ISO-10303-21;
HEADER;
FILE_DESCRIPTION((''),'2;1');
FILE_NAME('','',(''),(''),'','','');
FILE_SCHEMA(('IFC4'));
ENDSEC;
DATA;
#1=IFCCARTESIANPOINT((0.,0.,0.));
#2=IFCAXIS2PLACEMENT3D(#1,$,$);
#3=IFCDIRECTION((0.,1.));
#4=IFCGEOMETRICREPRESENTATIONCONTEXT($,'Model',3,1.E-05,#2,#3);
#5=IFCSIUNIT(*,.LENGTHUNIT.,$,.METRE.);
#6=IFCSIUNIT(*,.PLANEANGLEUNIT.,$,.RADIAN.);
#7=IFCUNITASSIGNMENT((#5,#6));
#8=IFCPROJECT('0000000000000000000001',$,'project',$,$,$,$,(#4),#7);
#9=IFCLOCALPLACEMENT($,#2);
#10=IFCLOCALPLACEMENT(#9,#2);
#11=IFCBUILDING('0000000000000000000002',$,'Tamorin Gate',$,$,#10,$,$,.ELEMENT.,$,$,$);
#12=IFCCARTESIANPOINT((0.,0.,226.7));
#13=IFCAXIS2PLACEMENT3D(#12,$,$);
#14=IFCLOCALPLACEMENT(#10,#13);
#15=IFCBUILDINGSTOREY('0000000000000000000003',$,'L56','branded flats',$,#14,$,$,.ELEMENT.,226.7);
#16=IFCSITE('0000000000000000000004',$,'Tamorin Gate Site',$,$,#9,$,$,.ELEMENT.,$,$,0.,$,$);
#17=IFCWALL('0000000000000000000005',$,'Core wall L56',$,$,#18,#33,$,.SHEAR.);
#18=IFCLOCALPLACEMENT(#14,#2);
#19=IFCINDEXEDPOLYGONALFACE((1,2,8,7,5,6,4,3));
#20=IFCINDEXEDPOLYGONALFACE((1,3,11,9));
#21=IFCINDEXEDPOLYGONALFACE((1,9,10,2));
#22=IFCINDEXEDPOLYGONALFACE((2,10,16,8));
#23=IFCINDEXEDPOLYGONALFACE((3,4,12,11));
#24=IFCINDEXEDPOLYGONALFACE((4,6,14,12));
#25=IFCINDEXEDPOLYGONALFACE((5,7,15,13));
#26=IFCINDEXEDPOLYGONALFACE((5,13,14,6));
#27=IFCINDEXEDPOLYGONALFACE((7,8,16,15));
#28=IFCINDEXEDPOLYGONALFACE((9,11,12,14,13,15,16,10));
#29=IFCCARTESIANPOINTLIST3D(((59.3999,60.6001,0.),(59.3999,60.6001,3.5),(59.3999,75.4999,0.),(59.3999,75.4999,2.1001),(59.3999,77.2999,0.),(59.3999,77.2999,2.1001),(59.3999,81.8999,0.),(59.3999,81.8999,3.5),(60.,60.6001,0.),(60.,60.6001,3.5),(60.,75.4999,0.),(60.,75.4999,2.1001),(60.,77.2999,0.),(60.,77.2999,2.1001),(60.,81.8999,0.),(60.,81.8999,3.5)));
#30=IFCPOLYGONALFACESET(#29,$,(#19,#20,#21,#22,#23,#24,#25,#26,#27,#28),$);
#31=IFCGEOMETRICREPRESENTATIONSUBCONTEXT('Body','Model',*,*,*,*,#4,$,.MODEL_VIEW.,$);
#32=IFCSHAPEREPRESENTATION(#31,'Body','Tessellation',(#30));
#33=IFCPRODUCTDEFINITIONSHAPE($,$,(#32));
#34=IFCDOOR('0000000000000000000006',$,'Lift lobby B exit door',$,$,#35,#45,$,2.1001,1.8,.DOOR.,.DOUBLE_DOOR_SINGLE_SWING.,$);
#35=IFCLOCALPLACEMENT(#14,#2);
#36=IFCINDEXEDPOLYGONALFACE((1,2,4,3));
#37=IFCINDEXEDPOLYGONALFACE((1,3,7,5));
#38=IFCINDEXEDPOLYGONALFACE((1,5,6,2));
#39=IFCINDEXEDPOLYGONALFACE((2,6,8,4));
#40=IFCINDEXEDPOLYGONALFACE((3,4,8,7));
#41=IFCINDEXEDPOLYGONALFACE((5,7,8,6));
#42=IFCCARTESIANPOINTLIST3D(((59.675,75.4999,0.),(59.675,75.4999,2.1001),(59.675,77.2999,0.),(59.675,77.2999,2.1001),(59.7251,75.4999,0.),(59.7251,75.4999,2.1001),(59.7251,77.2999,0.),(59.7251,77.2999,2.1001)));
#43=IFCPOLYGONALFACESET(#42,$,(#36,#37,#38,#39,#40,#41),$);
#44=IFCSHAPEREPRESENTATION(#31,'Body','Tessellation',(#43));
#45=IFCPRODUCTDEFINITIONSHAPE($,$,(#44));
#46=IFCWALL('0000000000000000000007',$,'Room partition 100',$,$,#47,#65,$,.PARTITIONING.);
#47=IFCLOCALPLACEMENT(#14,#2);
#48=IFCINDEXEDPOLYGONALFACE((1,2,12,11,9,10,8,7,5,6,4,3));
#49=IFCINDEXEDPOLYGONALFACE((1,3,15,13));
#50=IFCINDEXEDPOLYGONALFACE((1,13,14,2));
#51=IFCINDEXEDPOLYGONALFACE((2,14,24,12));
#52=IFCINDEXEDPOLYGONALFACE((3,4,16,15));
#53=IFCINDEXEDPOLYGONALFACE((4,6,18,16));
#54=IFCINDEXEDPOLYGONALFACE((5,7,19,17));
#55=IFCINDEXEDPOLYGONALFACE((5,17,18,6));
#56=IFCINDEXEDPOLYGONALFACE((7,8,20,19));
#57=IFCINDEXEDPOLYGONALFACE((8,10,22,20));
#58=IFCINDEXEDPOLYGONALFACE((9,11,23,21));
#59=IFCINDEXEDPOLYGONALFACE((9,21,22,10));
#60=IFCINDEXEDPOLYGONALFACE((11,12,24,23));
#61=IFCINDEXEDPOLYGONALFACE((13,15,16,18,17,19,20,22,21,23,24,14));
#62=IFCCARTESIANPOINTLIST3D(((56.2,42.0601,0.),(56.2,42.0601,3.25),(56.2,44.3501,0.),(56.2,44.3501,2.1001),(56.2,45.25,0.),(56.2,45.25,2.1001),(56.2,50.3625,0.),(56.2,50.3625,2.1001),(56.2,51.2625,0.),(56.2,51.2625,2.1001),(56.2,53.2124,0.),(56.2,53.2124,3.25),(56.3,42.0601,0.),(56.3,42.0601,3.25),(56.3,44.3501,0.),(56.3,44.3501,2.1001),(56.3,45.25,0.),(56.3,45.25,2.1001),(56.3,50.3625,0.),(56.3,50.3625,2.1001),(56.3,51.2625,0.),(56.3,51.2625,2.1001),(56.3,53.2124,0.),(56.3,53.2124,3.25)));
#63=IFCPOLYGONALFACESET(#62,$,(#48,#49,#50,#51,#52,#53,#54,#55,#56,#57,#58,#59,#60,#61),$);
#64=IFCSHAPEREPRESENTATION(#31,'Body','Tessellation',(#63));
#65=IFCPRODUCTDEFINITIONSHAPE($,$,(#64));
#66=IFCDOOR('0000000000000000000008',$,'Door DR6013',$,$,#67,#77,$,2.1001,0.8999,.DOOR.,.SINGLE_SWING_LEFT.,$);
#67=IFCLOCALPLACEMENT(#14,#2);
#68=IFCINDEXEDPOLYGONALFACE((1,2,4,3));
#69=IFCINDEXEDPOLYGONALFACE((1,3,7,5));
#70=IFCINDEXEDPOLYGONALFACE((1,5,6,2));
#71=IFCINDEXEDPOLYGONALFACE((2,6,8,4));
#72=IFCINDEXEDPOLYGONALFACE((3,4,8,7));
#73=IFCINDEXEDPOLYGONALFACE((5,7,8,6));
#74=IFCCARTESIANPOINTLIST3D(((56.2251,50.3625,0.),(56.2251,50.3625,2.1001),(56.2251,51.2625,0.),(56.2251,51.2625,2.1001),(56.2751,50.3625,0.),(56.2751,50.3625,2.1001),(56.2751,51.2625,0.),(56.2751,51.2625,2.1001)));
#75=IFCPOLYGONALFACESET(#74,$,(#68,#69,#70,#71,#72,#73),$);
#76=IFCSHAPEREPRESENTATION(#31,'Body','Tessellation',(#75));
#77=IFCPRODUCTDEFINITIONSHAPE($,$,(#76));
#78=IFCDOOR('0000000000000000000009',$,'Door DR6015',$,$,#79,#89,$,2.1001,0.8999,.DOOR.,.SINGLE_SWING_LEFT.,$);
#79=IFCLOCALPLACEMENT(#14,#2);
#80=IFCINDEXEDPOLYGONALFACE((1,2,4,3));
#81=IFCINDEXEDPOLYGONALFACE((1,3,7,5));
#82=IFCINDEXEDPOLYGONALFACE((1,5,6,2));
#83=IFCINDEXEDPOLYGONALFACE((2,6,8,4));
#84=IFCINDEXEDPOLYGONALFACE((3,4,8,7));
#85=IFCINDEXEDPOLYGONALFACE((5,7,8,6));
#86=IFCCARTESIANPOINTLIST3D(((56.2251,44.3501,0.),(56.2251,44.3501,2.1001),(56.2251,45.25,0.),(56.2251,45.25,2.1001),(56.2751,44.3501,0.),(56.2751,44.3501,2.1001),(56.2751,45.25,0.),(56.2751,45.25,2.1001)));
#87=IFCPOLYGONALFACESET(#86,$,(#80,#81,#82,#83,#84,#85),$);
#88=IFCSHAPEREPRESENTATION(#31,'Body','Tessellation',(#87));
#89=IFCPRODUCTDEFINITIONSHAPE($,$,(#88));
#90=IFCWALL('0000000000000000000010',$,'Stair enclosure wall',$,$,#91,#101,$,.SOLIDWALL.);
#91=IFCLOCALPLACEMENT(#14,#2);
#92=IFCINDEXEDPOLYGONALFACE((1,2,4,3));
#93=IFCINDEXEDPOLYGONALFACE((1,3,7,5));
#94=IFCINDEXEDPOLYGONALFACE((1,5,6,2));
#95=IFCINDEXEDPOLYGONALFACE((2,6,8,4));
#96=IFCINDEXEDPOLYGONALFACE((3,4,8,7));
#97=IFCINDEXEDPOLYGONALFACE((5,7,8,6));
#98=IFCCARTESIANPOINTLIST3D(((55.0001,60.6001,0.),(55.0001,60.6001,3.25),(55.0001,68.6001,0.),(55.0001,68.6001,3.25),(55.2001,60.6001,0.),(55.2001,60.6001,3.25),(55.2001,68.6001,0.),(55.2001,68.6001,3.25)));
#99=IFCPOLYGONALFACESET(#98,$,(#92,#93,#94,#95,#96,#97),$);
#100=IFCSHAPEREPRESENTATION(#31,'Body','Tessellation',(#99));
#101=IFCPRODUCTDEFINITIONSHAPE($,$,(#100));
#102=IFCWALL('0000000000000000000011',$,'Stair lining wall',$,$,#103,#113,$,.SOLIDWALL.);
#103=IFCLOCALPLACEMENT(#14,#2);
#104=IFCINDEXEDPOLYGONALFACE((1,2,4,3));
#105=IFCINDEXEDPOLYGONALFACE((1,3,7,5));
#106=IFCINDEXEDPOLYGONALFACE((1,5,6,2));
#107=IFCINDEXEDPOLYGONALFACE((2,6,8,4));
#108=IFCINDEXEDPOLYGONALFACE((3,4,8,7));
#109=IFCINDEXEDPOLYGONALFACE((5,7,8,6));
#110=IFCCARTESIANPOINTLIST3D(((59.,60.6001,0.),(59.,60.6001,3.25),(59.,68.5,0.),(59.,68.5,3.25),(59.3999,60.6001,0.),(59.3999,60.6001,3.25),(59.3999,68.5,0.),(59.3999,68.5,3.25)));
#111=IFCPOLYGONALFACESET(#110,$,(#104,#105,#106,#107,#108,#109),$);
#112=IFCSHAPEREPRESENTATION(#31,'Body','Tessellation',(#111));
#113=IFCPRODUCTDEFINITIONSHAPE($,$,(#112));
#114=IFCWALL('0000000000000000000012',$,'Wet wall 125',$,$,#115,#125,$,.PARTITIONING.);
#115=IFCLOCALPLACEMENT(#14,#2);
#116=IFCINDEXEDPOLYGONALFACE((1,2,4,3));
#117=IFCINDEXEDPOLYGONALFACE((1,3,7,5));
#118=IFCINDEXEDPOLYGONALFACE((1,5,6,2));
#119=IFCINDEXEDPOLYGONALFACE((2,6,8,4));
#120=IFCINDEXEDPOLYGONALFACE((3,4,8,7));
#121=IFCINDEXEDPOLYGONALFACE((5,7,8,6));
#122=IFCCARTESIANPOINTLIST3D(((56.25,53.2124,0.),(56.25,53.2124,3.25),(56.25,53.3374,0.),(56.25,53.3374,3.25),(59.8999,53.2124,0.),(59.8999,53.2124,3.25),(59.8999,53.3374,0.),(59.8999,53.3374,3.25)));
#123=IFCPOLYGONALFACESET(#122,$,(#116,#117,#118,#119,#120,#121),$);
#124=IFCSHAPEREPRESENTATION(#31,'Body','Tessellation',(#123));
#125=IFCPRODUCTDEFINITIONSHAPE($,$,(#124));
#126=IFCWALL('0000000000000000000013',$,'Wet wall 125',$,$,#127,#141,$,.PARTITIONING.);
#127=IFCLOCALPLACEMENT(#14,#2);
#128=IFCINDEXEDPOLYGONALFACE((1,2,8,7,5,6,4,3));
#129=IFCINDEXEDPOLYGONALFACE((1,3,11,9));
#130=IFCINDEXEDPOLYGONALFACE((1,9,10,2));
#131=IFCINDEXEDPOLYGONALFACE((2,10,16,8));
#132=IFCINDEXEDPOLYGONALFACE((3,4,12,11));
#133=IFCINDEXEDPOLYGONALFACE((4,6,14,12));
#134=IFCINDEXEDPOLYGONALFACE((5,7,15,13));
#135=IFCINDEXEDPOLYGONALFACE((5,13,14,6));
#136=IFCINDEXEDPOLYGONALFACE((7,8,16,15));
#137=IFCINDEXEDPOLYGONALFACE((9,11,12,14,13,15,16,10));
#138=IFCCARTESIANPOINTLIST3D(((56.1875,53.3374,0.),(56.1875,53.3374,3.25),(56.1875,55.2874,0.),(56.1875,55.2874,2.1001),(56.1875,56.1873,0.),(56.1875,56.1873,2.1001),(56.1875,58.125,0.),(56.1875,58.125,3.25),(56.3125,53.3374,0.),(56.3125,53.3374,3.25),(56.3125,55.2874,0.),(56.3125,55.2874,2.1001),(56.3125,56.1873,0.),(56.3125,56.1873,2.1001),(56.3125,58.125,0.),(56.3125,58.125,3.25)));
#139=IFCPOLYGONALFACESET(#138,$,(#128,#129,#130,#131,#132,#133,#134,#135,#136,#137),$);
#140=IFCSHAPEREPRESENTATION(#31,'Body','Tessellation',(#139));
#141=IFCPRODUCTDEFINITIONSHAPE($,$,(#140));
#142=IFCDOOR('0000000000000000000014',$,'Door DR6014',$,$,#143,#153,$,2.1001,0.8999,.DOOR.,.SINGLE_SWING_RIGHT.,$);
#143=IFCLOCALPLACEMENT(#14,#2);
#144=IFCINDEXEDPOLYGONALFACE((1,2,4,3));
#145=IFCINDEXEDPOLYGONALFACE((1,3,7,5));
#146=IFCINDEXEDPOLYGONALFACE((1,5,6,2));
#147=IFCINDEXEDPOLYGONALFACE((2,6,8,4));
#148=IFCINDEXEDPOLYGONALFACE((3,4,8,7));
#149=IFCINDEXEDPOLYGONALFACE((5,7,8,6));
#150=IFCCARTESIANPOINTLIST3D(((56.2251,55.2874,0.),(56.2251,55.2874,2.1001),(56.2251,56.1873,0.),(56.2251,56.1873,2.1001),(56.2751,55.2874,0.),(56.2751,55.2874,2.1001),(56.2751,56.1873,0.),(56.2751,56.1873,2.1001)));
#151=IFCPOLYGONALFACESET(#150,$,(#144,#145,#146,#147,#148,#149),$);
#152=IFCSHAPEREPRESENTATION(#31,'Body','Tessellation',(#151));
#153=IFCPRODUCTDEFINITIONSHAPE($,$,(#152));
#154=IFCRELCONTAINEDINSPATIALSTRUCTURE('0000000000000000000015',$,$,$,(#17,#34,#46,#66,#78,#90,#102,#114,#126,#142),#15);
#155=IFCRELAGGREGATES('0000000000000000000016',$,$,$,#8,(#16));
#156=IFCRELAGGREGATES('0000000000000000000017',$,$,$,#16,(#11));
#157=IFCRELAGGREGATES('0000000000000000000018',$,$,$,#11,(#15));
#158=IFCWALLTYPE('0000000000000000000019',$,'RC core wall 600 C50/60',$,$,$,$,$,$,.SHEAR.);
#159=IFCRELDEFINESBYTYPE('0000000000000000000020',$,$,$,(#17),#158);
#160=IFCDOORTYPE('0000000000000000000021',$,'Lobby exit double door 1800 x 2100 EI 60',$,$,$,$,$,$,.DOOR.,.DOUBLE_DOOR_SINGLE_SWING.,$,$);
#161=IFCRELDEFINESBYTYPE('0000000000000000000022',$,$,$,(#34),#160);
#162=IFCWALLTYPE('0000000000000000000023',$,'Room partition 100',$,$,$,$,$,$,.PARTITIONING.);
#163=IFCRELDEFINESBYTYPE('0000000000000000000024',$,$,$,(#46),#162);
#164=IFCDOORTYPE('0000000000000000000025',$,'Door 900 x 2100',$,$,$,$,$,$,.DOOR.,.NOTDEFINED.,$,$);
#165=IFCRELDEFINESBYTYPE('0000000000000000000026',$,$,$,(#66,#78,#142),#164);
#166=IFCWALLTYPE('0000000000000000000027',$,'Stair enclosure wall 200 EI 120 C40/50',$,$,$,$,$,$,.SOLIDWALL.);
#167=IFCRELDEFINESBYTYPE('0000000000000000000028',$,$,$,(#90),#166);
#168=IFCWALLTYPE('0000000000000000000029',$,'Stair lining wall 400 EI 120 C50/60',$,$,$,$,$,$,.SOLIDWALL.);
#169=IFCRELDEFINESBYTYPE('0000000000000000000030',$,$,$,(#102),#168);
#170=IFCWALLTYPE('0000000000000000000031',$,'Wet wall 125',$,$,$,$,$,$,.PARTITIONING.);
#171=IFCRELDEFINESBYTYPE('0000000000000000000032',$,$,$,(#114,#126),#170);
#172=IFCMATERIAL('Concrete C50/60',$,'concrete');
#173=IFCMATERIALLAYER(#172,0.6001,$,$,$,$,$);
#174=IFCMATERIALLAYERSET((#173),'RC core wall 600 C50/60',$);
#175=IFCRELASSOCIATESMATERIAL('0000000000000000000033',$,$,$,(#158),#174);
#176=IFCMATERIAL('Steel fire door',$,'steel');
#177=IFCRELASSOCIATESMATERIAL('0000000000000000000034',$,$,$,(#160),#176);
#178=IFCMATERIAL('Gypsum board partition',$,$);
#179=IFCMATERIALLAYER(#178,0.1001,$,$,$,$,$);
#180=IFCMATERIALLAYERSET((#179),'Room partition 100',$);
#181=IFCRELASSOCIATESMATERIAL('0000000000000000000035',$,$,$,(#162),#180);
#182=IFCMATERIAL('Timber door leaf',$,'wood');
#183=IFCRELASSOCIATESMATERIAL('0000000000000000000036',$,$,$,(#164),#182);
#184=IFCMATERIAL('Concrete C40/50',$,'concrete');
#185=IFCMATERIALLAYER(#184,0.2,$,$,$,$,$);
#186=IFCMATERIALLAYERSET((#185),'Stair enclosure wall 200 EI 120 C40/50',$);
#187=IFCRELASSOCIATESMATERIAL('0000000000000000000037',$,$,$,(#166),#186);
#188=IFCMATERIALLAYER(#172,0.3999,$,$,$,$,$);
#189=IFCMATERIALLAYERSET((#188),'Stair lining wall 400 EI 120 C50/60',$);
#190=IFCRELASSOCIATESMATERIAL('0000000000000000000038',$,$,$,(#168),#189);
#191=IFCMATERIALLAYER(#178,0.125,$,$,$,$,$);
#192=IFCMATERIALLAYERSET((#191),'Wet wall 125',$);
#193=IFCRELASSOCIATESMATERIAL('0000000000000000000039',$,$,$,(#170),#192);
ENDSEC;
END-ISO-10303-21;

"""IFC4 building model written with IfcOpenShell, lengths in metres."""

from ifc_helpers import new_model, si_unit, direction, frame, frame_2d, origin, place, context, subcontext, project, spatial, rectangle, extrude, material, layer, layer_set, type_object, element, fill, save


model = new_model("IFC4")

# Units and contexts
model_context = context("Model", 3, precision=1e-05, world=origin(), true_north=direction((0.0, 1.0)))
body_context = subcontext(model_context, "Body", "Model", "MODEL_VIEW")
ifc_project = project(units=[si_unit("LENGTHUNIT", "METRE"), si_unit("PLANEANGLEUNIT", "RADIAN")], contexts=[model_context])

# Site, building, storey
site_placement = place(None, origin())
site = spatial("IfcSite", under=ifc_project, at=site_placement, Name="Tamorin Gate Site", CompositionType="ELEMENT", RefElevation=0.0)
building_placement = place(site_placement, origin())
building = spatial("IfcBuilding", under=site, at=building_placement, Name="Tamorin Gate", CompositionType="ELEMENT")
storey_placement = place(building_placement, frame((0.0, 0.0, 226.7)))
storey = spatial("IfcBuildingStorey", under=building, at=storey_placement, Name="L56", Description="branded flats", CompositionType="ELEMENT", Elevation=226.7)

# Shared definitions
ifc_material_1 = material(Name="Concrete C50/60", Category="concrete")

# Shared definitions
ifc_material_2 = material(Name="Gypsum board partition")

# Wall, opening, door
ifc_layer_1 = layer(ifc_material_1, 0.6001)
ifc_layer_set_1 = layer_set([ifc_layer_1], Name="RC core wall 600 C50/60")
wall_type_1 = type_object("IfcWallType", Name="RC core wall 600 C50/60", PredefinedType="SHEAR", material=ifc_layer_set_1)
wall_1_placement = place(storey_placement, frame((59.7, 60.6001, 0.0), z_axis=(0.0, 0.0, 1.0), x_axis=(0.0, 1.0, 0.0)))
wall_1 = element("IfcWall", 1, at=wall_1_placement, inside=storey, type_object=wall_type_1, Name="Core wall L56", PredefinedType="SHEAR", context=body_context, shape_type="SweptSolid", body=[
    extrude(rectangle(XDim=21.2998, YDim=0.6001, at=frame_2d((10.6499, 0.0))), origin(), (0.0, 0.0, 1.0), 3.5),
])
opening_1_placement = place(wall_1_placement, frame((14.8999, 0.0, 0.0)))
opening_1 = element("IfcOpeningElement", 2, at=opening_1_placement, cuts=wall_1, PredefinedType="OPENING", context=body_context, shape_type="SweptSolid", body=[
    extrude(rectangle(XDim=1.8, YDim=2.1001, at=frame_2d((0.8999, 1.05))), frame((0.0, 0.3101, 0.0), z_axis=(0.0, -1.0, 0.0), x_axis=(1.0, 0.0, 0.0)), (0.0, 0.0, 1.0), 0.6201),
])
ifc_material_3 = material(Name="Steel fire door", Category="steel")
door_type_1 = type_object("IfcDoorType", Name="Lobby exit double door 1800 x 2100 EI 60", OperationType="DOUBLE_DOOR_SINGLE_SWING", PredefinedType="DOOR", material=ifc_material_3)
door_1_placement = place(opening_1_placement, origin())
door_1 = element("IfcDoor", 3, at=door_1_placement, inside=storey, type_object=door_type_1, Name="Lift lobby B exit door", OperationType="DOUBLE_DOOR_SINGLE_SWING", OverallHeight=2.1001, OverallWidth=1.8, PredefinedType="DOOR", context=body_context, shape_type="SweptSolid", body=[
    extrude(rectangle(XDim=1.8, YDim=2.1001, at=frame_2d((0.8999, 1.05))), frame((0.0, 0.0249, 0.0), z_axis=(0.0, -1.0, 0.0), x_axis=(1.0, 0.0, 0.0)), (0.0, 0.0, 1.0), 0.05),
])
fill(opening_1, door_1)

# Wall, openings, doors
ifc_layer_2 = layer(ifc_material_2, 0.1001)
ifc_layer_set_2 = layer_set([ifc_layer_2], Name="Room partition 100")
wall_type_2 = type_object("IfcWallType", Name="Room partition 100", PredefinedType="PARTITIONING", material=ifc_layer_set_2)
wall_2_placement = place(storey_placement, frame((56.25, 42.0601, 0.0), z_axis=(0.0, 0.0, 1.0), x_axis=(0.0, 1.0, 0.0)))
wall_2 = element("IfcWall", 4, at=wall_2_placement, inside=storey, type_object=wall_type_2, Name="Room partition 100", PredefinedType="PARTITIONING", context=body_context, shape_type="SweptSolid", body=[
    extrude(rectangle(XDim=11.1523, YDim=0.1001, at=frame_2d((5.5762, 0.0))), origin(), (0.0, 0.0, 1.0), 3.25),
])
opening_2_placement = place(wall_2_placement, frame((8.3025, 0.0, 0.0)))
opening_2 = element("IfcOpeningElement", 5, at=opening_2_placement, cuts=wall_2, PredefinedType="OPENING", context=body_context, shape_type="SweptSolid", body=[
    extrude(rectangle(XDim=0.8999, YDim=2.1001, at=frame_2d((0.45, 1.05))), frame((0.0, 0.0601, 0.0), z_axis=(0.0, -1.0, 0.0), x_axis=(1.0, 0.0, 0.0)), (0.0, 0.0, 1.0), 0.1201),
])
opening_3_placement = place(wall_2_placement, frame((2.29, 0.0, 0.0)))
opening_3 = element("IfcOpeningElement", 6, at=opening_3_placement, cuts=wall_2, PredefinedType="OPENING", context=body_context, shape_type="SweptSolid", body=[
    extrude(rectangle(XDim=0.8999, YDim=2.1001, at=frame_2d((0.45, 1.05))), frame((0.0, 0.0601, 0.0), z_axis=(0.0, -1.0, 0.0), x_axis=(1.0, 0.0, 0.0)), (0.0, 0.0, 1.0), 0.1201),
])
ifc_material_4 = material(Name="Timber door leaf", Category="wood")
door_type_2 = type_object("IfcDoorType", Name="Door 900 x 2100", OperationType="NOTDEFINED", PredefinedType="DOOR", material=ifc_material_4)
door_2_placement = place(opening_2_placement, origin())
door_2 = element("IfcDoor", 7, at=door_2_placement, inside=storey, type_object=door_type_2, Name="Door DR6013", OperationType="SINGLE_SWING_LEFT", OverallHeight=2.1001, OverallWidth=0.8999, PredefinedType="DOOR", context=body_context, shape_type="SweptSolid", body=[
    extrude(rectangle(XDim=0.8999, YDim=2.1001, at=frame_2d((0.45, 1.05))), frame((0.0, 0.0249, 0.0), z_axis=(0.0, -1.0, 0.0), x_axis=(1.0, 0.0, 0.0)), (0.0, 0.0, 1.0), 0.05),
])
fill(opening_2, door_2)
door_3_placement = place(opening_3_placement, origin())
door_3 = element("IfcDoor", 8, at=door_3_placement, inside=storey, type_object=door_type_2, Name="Door DR6015", OperationType="SINGLE_SWING_LEFT", OverallHeight=2.1001, OverallWidth=0.8999, PredefinedType="DOOR", context=body_context, shape_type="SweptSolid", body=[
    extrude(rectangle(XDim=0.8999, YDim=2.1001, at=frame_2d((0.45, 1.05))), frame((0.0, 0.0249, 0.0), z_axis=(0.0, -1.0, 0.0), x_axis=(1.0, 0.0, 0.0)), (0.0, 0.0, 1.0), 0.05),
])
fill(opening_3, door_3)

# Walls
ifc_material_5 = material(Name="Concrete C40/50", Category="concrete")
ifc_layer_3 = layer(ifc_material_5, 0.2)
ifc_layer_set_3 = layer_set([ifc_layer_3], Name="Stair enclosure wall 200 EI 120 C40/50")
wall_type_3 = type_object("IfcWallType", Name="Stair enclosure wall 200 EI 120 C40/50", PredefinedType="SOLIDWALL", material=ifc_layer_set_3)
wall_3_placement = place(storey_placement, frame((55.1001, 60.6001, 0.0), z_axis=(0.0, 0.0, 1.0), x_axis=(0.0, 1.0, 0.0)))
element("IfcWall", 9, at=wall_3_placement, inside=storey, type_object=wall_type_3, Name="Stair enclosure wall", PredefinedType="SOLIDWALL", context=body_context, shape_type="SweptSolid", body=[
    extrude(rectangle(XDim=8.0, YDim=0.2, at=frame_2d((4.0, 0.0))), origin(), (0.0, 0.0, 1.0), 3.25),
])
ifc_layer_4 = layer(ifc_material_1, 0.3999)
ifc_layer_set_4 = layer_set([ifc_layer_4], Name="Stair lining wall 400 EI 120 C50/60")
wall_type_4 = type_object("IfcWallType", Name="Stair lining wall 400 EI 120 C50/60", PredefinedType="SOLIDWALL", material=ifc_layer_set_4)
wall_4_placement = place(storey_placement, frame((59.2, 60.6001, 0.0), z_axis=(0.0, 0.0, 1.0), x_axis=(0.0, 1.0, 0.0)))
element("IfcWall", 10, at=wall_4_placement, inside=storey, type_object=wall_type_4, Name="Stair lining wall", PredefinedType="SOLIDWALL", context=body_context, shape_type="SweptSolid", body=[
    extrude(rectangle(XDim=7.8999, YDim=0.3999, at=frame_2d((3.95, 0.0))), origin(), (0.0, 0.0, 1.0), 3.25),
])
ifc_layer_5 = layer(ifc_material_2, 0.125)
ifc_layer_set_5 = layer_set([ifc_layer_5], Name="Wet wall 125")
wall_type_5 = type_object("IfcWallType", Name="Wet wall 125", PredefinedType="PARTITIONING", material=ifc_layer_set_5)
wall_5_placement = place(storey_placement, frame((56.25, 53.2749, 0.0), z_axis=(0.0, 0.0, 1.0), x_axis=(1.0, 0.0, 0.0)))
element("IfcWall", 11, at=wall_5_placement, inside=storey, type_object=wall_type_5, Name="Wet wall 125", PredefinedType="PARTITIONING", context=body_context, shape_type="SweptSolid", body=[
    extrude(rectangle(XDim=3.6499, YDim=0.125, at=frame_2d((1.825, 0.0))), origin(), (0.0, 0.0, 1.0), 3.25),
])

# Wall, opening, door
wall_6_placement = place(storey_placement, frame((56.25, 53.3374, 0.0), z_axis=(0.0, 0.0, 1.0), x_axis=(0.0, 1.0, 0.0)))
wall_6 = element("IfcWall", 12, at=wall_6_placement, inside=storey, type_object=wall_type_5, Name="Wet wall 125", PredefinedType="PARTITIONING", context=body_context, shape_type="SweptSolid", body=[
    extrude(rectangle(XDim=4.7876, YDim=0.125, at=frame_2d((2.3938, 0.0))), origin(), (0.0, 0.0, 1.0), 3.25),
])
opening_4_placement = place(wall_6_placement, frame((1.95, 0.0, 0.0)))
opening_4 = element("IfcOpeningElement", 13, at=opening_4_placement, cuts=wall_6, PredefinedType="OPENING", context=body_context, shape_type="SweptSolid", body=[
    extrude(rectangle(XDim=0.8999, YDim=2.1001, at=frame_2d((0.45, 1.05))), frame((0.0, 0.0725, 0.0), z_axis=(0.0, -1.0, 0.0), x_axis=(1.0, 0.0, 0.0)), (0.0, 0.0, 1.0), 0.145),
])
door_4_placement = place(opening_4_placement, origin())
door_4 = element("IfcDoor", 14, at=door_4_placement, inside=storey, type_object=door_type_2, Name="Door DR6014", OperationType="SINGLE_SWING_RIGHT", OverallHeight=2.1001, OverallWidth=0.8999, PredefinedType="DOOR", context=body_context, shape_type="SweptSolid", body=[
    extrude(rectangle(XDim=0.8999, YDim=2.1001, at=frame_2d((0.45, 1.05))), frame((0.0, 0.0249, 0.0), z_axis=(0.0, -1.0, 0.0), x_axis=(1.0, 0.0, 0.0)), (0.0, 0.0, 1.0), 0.05),
])
fill(opening_4, door_4)

save(model, "model.ifc")
